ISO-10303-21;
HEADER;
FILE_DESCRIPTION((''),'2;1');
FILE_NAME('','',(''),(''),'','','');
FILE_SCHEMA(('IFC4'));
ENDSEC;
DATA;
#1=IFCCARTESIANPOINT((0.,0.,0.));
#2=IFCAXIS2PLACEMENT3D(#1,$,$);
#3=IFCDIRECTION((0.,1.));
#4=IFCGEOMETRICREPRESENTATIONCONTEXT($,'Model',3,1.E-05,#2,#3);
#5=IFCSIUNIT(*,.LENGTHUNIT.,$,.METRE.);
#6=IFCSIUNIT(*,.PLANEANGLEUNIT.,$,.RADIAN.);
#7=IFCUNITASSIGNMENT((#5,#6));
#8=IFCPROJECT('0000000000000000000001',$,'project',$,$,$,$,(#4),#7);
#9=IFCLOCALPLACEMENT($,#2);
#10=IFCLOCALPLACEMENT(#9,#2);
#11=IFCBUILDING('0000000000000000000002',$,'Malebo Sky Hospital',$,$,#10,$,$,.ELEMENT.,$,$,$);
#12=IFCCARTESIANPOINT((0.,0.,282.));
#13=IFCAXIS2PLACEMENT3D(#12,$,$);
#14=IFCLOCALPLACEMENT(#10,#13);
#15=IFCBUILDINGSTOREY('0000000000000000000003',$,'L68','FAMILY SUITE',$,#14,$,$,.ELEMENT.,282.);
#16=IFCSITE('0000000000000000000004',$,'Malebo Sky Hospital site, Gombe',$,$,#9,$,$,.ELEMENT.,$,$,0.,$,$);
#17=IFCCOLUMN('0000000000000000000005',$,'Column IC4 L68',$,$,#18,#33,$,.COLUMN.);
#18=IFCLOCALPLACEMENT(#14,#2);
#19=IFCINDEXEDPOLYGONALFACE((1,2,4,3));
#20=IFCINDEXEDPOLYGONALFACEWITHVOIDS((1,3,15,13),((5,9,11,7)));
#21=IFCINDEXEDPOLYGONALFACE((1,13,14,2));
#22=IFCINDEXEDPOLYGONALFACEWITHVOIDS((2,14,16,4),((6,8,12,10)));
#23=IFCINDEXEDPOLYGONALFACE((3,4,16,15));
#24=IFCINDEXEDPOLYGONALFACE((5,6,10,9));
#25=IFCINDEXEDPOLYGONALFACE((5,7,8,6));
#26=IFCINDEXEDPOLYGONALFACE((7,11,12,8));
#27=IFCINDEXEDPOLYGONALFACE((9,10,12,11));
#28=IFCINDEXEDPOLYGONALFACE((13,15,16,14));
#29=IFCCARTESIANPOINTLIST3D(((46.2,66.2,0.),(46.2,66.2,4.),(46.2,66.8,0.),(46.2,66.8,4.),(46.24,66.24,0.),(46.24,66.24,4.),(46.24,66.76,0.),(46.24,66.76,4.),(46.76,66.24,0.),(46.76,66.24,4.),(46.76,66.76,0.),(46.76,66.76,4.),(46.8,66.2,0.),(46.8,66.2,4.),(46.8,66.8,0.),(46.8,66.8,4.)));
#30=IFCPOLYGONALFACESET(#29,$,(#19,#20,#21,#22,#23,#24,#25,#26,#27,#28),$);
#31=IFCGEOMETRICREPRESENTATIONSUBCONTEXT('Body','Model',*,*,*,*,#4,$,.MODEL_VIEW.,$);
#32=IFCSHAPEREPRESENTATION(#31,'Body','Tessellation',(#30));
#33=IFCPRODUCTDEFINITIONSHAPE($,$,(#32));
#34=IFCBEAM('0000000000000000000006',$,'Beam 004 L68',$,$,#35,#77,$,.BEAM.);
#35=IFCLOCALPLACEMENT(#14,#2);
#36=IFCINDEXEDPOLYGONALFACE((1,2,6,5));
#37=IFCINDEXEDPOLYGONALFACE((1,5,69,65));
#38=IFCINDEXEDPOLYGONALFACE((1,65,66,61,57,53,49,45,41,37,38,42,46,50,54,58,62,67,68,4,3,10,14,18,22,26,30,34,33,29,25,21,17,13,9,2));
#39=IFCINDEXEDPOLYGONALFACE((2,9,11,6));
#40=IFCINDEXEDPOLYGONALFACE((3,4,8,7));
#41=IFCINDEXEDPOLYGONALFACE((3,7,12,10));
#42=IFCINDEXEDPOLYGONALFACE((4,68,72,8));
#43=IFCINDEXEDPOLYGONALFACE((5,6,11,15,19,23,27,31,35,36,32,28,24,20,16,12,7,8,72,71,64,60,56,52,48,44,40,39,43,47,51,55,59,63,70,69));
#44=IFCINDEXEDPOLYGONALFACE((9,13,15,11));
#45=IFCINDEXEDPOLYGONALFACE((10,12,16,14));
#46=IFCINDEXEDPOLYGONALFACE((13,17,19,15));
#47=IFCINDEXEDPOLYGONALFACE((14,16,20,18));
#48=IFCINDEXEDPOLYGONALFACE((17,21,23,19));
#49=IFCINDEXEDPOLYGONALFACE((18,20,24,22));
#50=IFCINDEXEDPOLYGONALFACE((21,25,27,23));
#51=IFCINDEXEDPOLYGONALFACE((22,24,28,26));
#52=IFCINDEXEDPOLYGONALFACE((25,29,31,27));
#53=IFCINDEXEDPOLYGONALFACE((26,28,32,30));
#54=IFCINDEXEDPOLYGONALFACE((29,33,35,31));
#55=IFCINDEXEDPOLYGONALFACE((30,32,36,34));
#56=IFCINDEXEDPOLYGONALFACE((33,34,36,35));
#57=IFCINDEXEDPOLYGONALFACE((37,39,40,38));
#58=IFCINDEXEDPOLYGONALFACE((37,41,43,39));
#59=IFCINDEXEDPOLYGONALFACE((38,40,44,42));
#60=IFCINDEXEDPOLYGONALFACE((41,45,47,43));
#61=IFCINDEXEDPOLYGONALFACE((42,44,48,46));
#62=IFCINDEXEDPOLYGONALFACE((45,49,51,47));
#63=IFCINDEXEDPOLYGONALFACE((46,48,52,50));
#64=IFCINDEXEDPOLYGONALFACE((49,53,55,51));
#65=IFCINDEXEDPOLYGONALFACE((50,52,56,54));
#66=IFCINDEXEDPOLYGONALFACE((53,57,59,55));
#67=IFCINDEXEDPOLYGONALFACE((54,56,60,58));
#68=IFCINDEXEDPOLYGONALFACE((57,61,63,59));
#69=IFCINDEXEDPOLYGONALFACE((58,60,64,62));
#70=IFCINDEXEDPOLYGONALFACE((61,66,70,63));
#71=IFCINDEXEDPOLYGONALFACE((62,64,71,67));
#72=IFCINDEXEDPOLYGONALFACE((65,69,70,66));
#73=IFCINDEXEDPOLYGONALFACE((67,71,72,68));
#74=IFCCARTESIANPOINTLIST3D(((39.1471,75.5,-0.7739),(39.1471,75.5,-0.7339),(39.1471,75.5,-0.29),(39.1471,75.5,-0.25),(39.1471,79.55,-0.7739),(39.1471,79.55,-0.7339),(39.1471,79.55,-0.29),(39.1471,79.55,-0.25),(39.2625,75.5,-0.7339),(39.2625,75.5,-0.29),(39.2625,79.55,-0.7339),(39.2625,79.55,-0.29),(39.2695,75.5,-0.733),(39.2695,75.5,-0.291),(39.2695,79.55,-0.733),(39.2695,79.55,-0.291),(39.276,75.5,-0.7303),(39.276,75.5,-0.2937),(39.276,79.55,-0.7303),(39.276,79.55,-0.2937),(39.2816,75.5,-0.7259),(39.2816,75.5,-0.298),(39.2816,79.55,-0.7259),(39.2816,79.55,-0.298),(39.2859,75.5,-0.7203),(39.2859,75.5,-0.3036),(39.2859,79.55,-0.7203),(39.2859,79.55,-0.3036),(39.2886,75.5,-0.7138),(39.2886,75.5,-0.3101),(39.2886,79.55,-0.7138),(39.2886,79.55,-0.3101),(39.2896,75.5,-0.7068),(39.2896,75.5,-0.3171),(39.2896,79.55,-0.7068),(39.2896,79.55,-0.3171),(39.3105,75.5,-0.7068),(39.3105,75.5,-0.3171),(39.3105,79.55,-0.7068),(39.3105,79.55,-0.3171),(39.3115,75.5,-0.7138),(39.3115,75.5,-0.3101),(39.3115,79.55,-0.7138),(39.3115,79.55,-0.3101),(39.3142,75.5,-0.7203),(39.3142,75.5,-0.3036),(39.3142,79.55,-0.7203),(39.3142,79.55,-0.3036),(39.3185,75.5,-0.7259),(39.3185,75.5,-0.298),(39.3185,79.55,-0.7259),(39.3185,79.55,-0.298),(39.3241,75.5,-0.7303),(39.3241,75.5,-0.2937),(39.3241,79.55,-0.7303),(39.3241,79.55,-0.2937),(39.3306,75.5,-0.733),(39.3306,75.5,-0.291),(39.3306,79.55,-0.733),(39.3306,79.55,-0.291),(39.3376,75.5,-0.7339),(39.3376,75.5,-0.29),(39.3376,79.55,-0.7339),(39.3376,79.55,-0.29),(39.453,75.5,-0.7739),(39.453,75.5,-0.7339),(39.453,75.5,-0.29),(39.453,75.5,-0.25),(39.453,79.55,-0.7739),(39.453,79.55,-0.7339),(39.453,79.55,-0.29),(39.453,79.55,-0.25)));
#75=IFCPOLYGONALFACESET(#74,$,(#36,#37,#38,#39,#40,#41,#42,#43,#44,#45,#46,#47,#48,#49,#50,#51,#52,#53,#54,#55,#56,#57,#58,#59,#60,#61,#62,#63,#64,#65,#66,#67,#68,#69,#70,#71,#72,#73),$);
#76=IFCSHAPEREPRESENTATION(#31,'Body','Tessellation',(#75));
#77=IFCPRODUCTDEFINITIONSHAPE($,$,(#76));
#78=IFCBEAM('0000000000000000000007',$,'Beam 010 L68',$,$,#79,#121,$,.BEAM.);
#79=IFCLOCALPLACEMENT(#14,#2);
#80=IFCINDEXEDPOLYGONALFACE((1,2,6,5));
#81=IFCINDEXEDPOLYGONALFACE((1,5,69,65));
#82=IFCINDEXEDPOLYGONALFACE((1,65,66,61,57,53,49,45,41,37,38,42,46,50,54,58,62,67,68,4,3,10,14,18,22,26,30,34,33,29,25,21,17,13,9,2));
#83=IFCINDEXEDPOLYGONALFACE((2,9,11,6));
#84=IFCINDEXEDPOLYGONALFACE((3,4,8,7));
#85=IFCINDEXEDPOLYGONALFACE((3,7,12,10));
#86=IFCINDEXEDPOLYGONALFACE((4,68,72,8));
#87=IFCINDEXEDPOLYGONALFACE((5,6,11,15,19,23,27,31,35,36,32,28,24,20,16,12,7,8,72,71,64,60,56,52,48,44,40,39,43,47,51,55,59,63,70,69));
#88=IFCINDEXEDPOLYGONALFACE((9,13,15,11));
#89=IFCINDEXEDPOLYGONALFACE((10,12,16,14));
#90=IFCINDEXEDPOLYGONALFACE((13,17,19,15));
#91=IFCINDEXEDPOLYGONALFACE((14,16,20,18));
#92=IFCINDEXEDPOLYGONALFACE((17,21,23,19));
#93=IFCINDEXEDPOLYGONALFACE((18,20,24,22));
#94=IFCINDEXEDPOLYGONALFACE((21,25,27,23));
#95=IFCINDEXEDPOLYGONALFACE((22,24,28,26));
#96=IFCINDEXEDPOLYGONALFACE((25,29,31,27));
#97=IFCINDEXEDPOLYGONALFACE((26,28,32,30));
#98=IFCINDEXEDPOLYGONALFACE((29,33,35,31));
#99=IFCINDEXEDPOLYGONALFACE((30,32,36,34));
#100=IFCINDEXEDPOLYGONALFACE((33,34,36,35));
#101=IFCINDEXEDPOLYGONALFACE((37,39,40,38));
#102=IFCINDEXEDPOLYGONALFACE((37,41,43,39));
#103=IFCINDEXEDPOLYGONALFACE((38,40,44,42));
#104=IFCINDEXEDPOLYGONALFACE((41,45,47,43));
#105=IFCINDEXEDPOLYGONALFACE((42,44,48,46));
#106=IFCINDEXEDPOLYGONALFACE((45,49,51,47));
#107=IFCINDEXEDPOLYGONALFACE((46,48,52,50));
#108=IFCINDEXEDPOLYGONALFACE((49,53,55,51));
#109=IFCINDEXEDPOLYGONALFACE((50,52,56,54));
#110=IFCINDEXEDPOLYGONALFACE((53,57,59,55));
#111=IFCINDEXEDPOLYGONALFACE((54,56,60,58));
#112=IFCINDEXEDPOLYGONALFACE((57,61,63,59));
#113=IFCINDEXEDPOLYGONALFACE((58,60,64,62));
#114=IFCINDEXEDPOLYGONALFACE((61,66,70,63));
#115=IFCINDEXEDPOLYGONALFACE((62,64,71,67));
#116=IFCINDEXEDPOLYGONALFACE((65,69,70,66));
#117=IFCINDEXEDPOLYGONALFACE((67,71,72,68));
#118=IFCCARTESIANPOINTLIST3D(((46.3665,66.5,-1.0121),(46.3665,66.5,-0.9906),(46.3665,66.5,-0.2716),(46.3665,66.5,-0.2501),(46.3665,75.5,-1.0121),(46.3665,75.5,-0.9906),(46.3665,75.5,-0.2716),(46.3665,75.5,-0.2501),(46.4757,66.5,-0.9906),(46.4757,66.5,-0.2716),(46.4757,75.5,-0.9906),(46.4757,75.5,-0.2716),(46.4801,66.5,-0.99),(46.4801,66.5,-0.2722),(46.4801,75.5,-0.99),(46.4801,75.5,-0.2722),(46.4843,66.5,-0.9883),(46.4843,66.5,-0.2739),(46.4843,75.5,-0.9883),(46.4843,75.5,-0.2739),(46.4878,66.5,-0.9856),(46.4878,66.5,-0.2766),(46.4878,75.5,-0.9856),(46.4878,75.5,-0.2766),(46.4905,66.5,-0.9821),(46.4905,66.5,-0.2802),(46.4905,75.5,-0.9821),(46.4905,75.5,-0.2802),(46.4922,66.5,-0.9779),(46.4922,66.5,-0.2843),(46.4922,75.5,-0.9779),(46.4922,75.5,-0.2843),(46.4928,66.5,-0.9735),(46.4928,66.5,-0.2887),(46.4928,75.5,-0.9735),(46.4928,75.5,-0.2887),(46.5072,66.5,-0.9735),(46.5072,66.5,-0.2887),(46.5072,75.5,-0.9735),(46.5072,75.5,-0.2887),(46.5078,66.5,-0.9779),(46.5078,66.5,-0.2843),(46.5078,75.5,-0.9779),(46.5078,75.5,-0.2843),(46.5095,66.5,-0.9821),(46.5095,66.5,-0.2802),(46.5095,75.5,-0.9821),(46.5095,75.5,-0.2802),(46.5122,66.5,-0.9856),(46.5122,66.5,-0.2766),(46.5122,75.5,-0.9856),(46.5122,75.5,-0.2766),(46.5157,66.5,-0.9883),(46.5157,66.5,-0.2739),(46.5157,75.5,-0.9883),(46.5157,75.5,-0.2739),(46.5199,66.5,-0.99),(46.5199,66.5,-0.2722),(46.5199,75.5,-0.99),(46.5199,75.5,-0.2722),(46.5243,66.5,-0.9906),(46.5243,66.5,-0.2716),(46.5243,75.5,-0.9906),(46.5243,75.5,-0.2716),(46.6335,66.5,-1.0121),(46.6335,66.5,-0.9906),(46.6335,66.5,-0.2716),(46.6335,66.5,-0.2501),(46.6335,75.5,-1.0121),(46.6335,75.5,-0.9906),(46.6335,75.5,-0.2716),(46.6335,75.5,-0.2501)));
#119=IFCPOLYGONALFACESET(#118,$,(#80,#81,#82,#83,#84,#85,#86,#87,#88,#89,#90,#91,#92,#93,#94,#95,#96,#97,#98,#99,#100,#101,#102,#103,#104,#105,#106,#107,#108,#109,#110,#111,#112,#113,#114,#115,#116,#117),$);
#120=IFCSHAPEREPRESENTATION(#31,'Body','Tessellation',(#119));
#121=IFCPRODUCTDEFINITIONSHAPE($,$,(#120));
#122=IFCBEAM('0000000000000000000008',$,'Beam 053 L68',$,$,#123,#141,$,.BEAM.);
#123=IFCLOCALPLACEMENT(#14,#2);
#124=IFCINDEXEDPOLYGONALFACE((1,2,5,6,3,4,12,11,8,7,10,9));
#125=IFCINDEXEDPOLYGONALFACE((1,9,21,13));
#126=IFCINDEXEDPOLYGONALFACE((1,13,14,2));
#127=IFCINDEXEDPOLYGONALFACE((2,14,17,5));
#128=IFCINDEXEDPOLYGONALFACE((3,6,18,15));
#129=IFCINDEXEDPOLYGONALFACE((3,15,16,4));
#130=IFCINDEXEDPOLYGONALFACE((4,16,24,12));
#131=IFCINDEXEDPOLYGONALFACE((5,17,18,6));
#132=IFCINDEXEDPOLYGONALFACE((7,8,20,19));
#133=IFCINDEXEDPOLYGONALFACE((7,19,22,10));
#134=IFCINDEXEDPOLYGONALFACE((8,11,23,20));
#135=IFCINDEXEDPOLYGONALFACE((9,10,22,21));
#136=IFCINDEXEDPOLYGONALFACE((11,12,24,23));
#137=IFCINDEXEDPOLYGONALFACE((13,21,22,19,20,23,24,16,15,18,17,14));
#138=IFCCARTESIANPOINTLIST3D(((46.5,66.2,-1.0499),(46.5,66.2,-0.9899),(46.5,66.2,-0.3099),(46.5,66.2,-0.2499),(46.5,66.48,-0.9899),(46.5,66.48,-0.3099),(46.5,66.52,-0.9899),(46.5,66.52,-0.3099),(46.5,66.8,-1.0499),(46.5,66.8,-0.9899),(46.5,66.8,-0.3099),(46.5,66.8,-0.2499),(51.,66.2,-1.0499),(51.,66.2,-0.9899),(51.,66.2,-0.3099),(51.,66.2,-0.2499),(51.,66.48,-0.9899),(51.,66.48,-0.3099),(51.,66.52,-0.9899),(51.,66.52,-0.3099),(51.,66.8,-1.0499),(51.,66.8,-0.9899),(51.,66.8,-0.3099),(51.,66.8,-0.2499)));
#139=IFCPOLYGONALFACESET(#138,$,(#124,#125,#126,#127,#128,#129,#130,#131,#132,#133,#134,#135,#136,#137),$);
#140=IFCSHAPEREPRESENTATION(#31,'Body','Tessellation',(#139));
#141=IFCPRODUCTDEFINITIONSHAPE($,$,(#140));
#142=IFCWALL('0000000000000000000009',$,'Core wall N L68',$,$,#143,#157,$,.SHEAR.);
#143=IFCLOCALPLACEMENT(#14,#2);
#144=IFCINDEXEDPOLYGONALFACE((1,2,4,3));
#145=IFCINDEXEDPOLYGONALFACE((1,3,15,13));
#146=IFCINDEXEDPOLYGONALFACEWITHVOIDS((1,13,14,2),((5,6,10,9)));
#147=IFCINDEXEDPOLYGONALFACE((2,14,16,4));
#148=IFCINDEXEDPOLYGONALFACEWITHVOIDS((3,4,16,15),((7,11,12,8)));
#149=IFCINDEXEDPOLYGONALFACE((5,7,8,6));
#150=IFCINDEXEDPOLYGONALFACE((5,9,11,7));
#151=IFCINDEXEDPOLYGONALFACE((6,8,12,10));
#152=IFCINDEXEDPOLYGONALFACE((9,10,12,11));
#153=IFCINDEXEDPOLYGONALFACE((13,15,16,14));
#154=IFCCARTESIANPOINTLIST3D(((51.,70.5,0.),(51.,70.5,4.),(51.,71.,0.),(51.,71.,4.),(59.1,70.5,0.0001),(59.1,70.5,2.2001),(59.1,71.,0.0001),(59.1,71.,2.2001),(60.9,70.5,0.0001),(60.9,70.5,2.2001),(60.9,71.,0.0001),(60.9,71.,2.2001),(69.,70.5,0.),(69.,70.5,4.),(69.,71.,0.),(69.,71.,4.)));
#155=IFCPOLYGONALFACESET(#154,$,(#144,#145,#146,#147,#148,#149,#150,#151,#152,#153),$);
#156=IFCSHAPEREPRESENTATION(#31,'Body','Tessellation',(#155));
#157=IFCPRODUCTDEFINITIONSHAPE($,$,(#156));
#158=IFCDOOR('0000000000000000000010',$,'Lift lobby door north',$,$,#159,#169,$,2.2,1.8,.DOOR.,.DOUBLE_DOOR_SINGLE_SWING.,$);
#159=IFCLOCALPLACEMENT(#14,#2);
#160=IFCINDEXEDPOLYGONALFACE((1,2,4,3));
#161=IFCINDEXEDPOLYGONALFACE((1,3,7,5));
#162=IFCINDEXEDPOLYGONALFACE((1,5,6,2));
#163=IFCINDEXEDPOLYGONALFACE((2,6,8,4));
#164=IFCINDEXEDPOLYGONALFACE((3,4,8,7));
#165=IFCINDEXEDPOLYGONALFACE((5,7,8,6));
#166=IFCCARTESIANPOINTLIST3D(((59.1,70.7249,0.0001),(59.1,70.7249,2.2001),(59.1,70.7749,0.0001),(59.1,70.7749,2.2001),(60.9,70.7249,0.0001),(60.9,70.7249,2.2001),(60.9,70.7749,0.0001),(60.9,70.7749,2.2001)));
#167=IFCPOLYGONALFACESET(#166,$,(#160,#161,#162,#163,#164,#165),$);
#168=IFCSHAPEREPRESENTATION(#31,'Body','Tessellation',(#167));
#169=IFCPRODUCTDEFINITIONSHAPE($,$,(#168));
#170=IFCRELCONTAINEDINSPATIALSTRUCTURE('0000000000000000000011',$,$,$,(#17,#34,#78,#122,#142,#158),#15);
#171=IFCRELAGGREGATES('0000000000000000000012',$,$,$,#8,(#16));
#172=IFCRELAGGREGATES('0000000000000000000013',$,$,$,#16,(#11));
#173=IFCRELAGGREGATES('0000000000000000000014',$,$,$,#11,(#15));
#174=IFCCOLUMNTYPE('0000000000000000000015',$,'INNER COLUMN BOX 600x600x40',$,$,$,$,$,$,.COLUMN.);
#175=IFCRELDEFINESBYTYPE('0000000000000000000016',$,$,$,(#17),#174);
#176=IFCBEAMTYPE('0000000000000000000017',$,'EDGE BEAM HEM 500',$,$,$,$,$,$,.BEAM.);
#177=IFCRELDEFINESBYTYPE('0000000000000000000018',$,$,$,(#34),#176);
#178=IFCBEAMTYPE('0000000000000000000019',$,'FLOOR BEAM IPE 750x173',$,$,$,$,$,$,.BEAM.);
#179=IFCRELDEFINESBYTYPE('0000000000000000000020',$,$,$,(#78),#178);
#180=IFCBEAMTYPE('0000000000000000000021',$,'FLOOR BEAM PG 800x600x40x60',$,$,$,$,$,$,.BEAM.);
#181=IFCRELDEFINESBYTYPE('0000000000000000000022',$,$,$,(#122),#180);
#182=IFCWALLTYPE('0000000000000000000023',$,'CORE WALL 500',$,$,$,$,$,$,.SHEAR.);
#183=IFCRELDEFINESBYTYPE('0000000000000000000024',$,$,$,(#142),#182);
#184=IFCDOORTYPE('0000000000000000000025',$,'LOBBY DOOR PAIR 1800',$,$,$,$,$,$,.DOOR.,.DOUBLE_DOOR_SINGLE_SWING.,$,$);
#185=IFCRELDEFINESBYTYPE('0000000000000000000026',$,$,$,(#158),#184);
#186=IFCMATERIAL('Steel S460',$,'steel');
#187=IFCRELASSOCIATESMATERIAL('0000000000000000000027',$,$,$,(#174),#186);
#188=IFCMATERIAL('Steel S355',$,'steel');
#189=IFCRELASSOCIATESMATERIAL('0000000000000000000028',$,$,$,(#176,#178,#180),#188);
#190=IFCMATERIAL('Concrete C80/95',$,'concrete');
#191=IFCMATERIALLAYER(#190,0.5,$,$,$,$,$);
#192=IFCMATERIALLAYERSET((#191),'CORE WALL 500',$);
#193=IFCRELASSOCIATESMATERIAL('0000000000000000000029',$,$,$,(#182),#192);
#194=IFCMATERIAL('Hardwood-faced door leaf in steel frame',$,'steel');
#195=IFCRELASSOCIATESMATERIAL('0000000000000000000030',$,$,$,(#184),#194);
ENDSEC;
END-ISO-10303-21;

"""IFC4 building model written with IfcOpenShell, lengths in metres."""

from ifc_helpers import new_model, si_unit, direction, frame, frame_2d, origin, origin_2d, place, context, subcontext, project, spatial, rectangle, hollow_rectangle, i_section, extrude, material, layer, layer_set, material_profile, profile_set, type_object, element, fill, save


model = new_model("IFC4")

# Units and contexts
model_context = context("Model", 3, precision=1e-05, world=origin(), true_north=direction((0.0, 1.0)))
body_context = subcontext(model_context, "Body", "Model", "MODEL_VIEW")
ifc_project = project(units=[si_unit("LENGTHUNIT", "METRE"), si_unit("PLANEANGLEUNIT", "RADIAN")], contexts=[model_context])

# Site, building, storey
site_placement = place(None, origin())
site = spatial("IfcSite", under=ifc_project, at=site_placement, Name="Malebo Sky Hospital site, Gombe", CompositionType="ELEMENT", RefElevation=0.0)
building_placement = place(site_placement, origin())
building = spatial("IfcBuilding", under=site, at=building_placement, Name="Malebo Sky Hospital", CompositionType="ELEMENT")
storey_placement = place(building_placement, frame((0.0, 0.0, 282.0)))
storey = spatial("IfcBuildingStorey", under=building, at=storey_placement, Name="L68", Description="FAMILY SUITE", CompositionType="ELEMENT", Elevation=282.0)

# Column
ifc_material_1 = material(Name="Steel S460", Category="steel")
ifc_material_profile_1 = material_profile(ifc_material_1, hollow_rectangle(XDim=0.6001, YDim=0.6001, WallThickness=0.04, at=origin_2d()), Name="BOX 600x600x40")
ifc_profile_set_1 = profile_set([ifc_material_profile_1], Name="Steel S460")
column_type = type_object("IfcColumnType", Name="INNER COLUMN BOX 600x600x40", PredefinedType="COLUMN", material=ifc_profile_set_1)
column_placement = place(storey_placement, frame((46.5, 66.5, 0.0), z_axis=(0.0, 0.0, 1.0), x_axis=(1.0, 0.0, 0.0)))
element("IfcColumn", 1, at=column_placement, inside=storey, type_object=column_type, Name="Column IC4 L68", PredefinedType="COLUMN", context=body_context, shape_type="SweptSolid", body=[
    extrude(hollow_rectangle(XDim=0.6001, YDim=0.6001, WallThickness=0.04, at=origin_2d()), origin(), (0.0, 0.0, 1.0), 4.0),
])

# Beams
ifc_material_2 = material(Name="Steel S355", Category="steel")
ifc_material_profile_2 = material_profile(ifc_material_2, i_section(OverallWidth=0.3059, OverallDepth=0.5239, WebThickness=0.021, FlangeThickness=0.04, FilletRadius=0.0271, at=origin_2d()), Name="HEM 500")
ifc_profile_set_2 = profile_set([ifc_material_profile_2], Name="Steel S355")
beam_type_1 = type_object("IfcBeamType", Name="EDGE BEAM HEM 500", PredefinedType="BEAM", material=ifc_profile_set_2)
beam_1_placement = place(storey_placement, frame((39.3, 75.5, -0.512), z_axis=(0.0, 1.0, 0.0), x_axis=(-1.0, 0.0, 0.0)))
element("IfcBeam", 2, at=beam_1_placement, inside=storey, type_object=beam_type_1, Name="Beam 004 L68", PredefinedType="BEAM", context=body_context, shape_type="SweptSolid", body=[
    extrude(i_section(OverallWidth=0.3059, OverallDepth=0.5239, WebThickness=0.021, FlangeThickness=0.04, FilletRadius=0.0271, at=origin_2d()), origin(), (0.0, 0.0, 1.0), 4.05),
])
ifc_material_profile_3 = material_profile(ifc_material_2, i_section(OverallWidth=0.2671, OverallDepth=0.762, WebThickness=0.0144, FlangeThickness=0.0215, FilletRadius=0.0171, at=origin_2d()), Name="IPE 750x173")
ifc_profile_set_3 = profile_set([ifc_material_profile_3], Name="Steel S355")
beam_type_2 = type_object("IfcBeamType", Name="FLOOR BEAM IPE 750x173", PredefinedType="BEAM", material=ifc_profile_set_3)
beam_2_placement = place(storey_placement, frame((46.5, 66.5, -0.6311), z_axis=(0.0, 1.0, 0.0), x_axis=(-1.0, 0.0, 0.0)))
element("IfcBeam", 3, at=beam_2_placement, inside=storey, type_object=beam_type_2, Name="Beam 010 L68", PredefinedType="BEAM", context=body_context, shape_type="SweptSolid", body=[
    extrude(i_section(OverallWidth=0.2671, OverallDepth=0.762, WebThickness=0.0144, FlangeThickness=0.0215, FilletRadius=0.0171, at=origin_2d()), origin(), (0.0, 0.0, 1.0), 9.0),
])
ifc_material_profile_4 = material_profile(ifc_material_2, i_section(OverallWidth=0.6001, OverallDepth=0.8, WebThickness=0.04, FlangeThickness=0.0601, at=origin_2d()), Name="PG 800x600x40x60")
ifc_profile_set_4 = profile_set([ifc_material_profile_4], Name="Steel S355")
beam_type_3 = type_object("IfcBeamType", Name="FLOOR BEAM PG 800x600x40x60", PredefinedType="BEAM", material=ifc_profile_set_4)
beam_3_placement = place(storey_placement, frame((46.5, 66.5, -0.6499), z_axis=(1.0, 0.0, 0.0), x_axis=(0.0, 1.0, 0.0)))
element("IfcBeam", 4, at=beam_3_placement, inside=storey, type_object=beam_type_3, Name="Beam 053 L68", PredefinedType="BEAM", context=body_context, shape_type="SweptSolid", body=[
    extrude(i_section(OverallWidth=0.6001, OverallDepth=0.8, WebThickness=0.04, FlangeThickness=0.0601, at=origin_2d()), origin(), (0.0, 0.0, 1.0), 4.5),
])

# Wall, opening, door
ifc_material_3 = material(Name="Concrete C80/95", Category="concrete")
ifc_layer_1 = layer(ifc_material_3, 0.5)
ifc_layer_set_1 = layer_set([ifc_layer_1], Name="CORE WALL 500")
wall_type_1 = type_object("IfcWallType", Name="CORE WALL 500", PredefinedType="SHEAR", material=ifc_layer_set_1)
wall_1_placement = place(storey_placement, frame((51.0, 70.75, 0.0), z_axis=(0.0, 0.0, 1.0), x_axis=(1.0, 0.0, 0.0)))
wall_1 = element("IfcWall", 5, at=wall_1_placement, inside=storey, type_object=wall_type_1, Name="Core wall N L68", PredefinedType="SHEAR", context=body_context, shape_type="SweptSolid", body=[
    extrude(rectangle(XDim=18.0, YDim=0.5, at=frame_2d((9.0, 0.0))), origin(), (0.0, 0.0, 1.0), 4.0),
])
opening_1_placement = place(wall_1_placement, frame((8.1001, 0.0, 0.0)))
opening_1 = element("IfcOpeningElement", 6, at=opening_1_placement, cuts=wall_1, PredefinedType="OPENING", context=body_context, shape_type="SweptSolid", body=[
    extrude(rectangle(XDim=1.8, YDim=2.2, at=frame_2d((0.8999, 1.1001))), frame((0.0, 0.26, 0.0), z_axis=(0.0, -1.0, 0.0), x_axis=(1.0, 0.0, 0.0)), (0.0, 0.0, 1.0), 0.52),
])
ifc_material_4 = material(Name="Hardwood-faced door leaf in steel frame", Category="steel")
door_type_1 = type_object("IfcDoorType", Name="LOBBY DOOR PAIR 1800", OperationType="DOUBLE_DOOR_SINGLE_SWING", PredefinedType="DOOR", material=ifc_material_4)
door_1_placement = place(opening_1_placement, origin())
door_1 = element("IfcDoor", 7, at=door_1_placement, inside=storey, type_object=door_type_1, Name="Lift lobby door north", OperationType="DOUBLE_DOOR_SINGLE_SWING", OverallHeight=2.2, OverallWidth=1.8, PredefinedType="DOOR", context=body_context, shape_type="SweptSolid", body=[
    extrude(rectangle(XDim=1.8, YDim=2.2, at=frame_2d((0.8999, 1.1001))), frame((0.0, 0.0249, 0.0), z_axis=(0.0, -1.0, 0.0), x_axis=(1.0, 0.0, 0.0)), (0.0, 0.0, 1.0), 0.05),
])
fill(opening_1, door_1)

save(model, "model.ifc")
